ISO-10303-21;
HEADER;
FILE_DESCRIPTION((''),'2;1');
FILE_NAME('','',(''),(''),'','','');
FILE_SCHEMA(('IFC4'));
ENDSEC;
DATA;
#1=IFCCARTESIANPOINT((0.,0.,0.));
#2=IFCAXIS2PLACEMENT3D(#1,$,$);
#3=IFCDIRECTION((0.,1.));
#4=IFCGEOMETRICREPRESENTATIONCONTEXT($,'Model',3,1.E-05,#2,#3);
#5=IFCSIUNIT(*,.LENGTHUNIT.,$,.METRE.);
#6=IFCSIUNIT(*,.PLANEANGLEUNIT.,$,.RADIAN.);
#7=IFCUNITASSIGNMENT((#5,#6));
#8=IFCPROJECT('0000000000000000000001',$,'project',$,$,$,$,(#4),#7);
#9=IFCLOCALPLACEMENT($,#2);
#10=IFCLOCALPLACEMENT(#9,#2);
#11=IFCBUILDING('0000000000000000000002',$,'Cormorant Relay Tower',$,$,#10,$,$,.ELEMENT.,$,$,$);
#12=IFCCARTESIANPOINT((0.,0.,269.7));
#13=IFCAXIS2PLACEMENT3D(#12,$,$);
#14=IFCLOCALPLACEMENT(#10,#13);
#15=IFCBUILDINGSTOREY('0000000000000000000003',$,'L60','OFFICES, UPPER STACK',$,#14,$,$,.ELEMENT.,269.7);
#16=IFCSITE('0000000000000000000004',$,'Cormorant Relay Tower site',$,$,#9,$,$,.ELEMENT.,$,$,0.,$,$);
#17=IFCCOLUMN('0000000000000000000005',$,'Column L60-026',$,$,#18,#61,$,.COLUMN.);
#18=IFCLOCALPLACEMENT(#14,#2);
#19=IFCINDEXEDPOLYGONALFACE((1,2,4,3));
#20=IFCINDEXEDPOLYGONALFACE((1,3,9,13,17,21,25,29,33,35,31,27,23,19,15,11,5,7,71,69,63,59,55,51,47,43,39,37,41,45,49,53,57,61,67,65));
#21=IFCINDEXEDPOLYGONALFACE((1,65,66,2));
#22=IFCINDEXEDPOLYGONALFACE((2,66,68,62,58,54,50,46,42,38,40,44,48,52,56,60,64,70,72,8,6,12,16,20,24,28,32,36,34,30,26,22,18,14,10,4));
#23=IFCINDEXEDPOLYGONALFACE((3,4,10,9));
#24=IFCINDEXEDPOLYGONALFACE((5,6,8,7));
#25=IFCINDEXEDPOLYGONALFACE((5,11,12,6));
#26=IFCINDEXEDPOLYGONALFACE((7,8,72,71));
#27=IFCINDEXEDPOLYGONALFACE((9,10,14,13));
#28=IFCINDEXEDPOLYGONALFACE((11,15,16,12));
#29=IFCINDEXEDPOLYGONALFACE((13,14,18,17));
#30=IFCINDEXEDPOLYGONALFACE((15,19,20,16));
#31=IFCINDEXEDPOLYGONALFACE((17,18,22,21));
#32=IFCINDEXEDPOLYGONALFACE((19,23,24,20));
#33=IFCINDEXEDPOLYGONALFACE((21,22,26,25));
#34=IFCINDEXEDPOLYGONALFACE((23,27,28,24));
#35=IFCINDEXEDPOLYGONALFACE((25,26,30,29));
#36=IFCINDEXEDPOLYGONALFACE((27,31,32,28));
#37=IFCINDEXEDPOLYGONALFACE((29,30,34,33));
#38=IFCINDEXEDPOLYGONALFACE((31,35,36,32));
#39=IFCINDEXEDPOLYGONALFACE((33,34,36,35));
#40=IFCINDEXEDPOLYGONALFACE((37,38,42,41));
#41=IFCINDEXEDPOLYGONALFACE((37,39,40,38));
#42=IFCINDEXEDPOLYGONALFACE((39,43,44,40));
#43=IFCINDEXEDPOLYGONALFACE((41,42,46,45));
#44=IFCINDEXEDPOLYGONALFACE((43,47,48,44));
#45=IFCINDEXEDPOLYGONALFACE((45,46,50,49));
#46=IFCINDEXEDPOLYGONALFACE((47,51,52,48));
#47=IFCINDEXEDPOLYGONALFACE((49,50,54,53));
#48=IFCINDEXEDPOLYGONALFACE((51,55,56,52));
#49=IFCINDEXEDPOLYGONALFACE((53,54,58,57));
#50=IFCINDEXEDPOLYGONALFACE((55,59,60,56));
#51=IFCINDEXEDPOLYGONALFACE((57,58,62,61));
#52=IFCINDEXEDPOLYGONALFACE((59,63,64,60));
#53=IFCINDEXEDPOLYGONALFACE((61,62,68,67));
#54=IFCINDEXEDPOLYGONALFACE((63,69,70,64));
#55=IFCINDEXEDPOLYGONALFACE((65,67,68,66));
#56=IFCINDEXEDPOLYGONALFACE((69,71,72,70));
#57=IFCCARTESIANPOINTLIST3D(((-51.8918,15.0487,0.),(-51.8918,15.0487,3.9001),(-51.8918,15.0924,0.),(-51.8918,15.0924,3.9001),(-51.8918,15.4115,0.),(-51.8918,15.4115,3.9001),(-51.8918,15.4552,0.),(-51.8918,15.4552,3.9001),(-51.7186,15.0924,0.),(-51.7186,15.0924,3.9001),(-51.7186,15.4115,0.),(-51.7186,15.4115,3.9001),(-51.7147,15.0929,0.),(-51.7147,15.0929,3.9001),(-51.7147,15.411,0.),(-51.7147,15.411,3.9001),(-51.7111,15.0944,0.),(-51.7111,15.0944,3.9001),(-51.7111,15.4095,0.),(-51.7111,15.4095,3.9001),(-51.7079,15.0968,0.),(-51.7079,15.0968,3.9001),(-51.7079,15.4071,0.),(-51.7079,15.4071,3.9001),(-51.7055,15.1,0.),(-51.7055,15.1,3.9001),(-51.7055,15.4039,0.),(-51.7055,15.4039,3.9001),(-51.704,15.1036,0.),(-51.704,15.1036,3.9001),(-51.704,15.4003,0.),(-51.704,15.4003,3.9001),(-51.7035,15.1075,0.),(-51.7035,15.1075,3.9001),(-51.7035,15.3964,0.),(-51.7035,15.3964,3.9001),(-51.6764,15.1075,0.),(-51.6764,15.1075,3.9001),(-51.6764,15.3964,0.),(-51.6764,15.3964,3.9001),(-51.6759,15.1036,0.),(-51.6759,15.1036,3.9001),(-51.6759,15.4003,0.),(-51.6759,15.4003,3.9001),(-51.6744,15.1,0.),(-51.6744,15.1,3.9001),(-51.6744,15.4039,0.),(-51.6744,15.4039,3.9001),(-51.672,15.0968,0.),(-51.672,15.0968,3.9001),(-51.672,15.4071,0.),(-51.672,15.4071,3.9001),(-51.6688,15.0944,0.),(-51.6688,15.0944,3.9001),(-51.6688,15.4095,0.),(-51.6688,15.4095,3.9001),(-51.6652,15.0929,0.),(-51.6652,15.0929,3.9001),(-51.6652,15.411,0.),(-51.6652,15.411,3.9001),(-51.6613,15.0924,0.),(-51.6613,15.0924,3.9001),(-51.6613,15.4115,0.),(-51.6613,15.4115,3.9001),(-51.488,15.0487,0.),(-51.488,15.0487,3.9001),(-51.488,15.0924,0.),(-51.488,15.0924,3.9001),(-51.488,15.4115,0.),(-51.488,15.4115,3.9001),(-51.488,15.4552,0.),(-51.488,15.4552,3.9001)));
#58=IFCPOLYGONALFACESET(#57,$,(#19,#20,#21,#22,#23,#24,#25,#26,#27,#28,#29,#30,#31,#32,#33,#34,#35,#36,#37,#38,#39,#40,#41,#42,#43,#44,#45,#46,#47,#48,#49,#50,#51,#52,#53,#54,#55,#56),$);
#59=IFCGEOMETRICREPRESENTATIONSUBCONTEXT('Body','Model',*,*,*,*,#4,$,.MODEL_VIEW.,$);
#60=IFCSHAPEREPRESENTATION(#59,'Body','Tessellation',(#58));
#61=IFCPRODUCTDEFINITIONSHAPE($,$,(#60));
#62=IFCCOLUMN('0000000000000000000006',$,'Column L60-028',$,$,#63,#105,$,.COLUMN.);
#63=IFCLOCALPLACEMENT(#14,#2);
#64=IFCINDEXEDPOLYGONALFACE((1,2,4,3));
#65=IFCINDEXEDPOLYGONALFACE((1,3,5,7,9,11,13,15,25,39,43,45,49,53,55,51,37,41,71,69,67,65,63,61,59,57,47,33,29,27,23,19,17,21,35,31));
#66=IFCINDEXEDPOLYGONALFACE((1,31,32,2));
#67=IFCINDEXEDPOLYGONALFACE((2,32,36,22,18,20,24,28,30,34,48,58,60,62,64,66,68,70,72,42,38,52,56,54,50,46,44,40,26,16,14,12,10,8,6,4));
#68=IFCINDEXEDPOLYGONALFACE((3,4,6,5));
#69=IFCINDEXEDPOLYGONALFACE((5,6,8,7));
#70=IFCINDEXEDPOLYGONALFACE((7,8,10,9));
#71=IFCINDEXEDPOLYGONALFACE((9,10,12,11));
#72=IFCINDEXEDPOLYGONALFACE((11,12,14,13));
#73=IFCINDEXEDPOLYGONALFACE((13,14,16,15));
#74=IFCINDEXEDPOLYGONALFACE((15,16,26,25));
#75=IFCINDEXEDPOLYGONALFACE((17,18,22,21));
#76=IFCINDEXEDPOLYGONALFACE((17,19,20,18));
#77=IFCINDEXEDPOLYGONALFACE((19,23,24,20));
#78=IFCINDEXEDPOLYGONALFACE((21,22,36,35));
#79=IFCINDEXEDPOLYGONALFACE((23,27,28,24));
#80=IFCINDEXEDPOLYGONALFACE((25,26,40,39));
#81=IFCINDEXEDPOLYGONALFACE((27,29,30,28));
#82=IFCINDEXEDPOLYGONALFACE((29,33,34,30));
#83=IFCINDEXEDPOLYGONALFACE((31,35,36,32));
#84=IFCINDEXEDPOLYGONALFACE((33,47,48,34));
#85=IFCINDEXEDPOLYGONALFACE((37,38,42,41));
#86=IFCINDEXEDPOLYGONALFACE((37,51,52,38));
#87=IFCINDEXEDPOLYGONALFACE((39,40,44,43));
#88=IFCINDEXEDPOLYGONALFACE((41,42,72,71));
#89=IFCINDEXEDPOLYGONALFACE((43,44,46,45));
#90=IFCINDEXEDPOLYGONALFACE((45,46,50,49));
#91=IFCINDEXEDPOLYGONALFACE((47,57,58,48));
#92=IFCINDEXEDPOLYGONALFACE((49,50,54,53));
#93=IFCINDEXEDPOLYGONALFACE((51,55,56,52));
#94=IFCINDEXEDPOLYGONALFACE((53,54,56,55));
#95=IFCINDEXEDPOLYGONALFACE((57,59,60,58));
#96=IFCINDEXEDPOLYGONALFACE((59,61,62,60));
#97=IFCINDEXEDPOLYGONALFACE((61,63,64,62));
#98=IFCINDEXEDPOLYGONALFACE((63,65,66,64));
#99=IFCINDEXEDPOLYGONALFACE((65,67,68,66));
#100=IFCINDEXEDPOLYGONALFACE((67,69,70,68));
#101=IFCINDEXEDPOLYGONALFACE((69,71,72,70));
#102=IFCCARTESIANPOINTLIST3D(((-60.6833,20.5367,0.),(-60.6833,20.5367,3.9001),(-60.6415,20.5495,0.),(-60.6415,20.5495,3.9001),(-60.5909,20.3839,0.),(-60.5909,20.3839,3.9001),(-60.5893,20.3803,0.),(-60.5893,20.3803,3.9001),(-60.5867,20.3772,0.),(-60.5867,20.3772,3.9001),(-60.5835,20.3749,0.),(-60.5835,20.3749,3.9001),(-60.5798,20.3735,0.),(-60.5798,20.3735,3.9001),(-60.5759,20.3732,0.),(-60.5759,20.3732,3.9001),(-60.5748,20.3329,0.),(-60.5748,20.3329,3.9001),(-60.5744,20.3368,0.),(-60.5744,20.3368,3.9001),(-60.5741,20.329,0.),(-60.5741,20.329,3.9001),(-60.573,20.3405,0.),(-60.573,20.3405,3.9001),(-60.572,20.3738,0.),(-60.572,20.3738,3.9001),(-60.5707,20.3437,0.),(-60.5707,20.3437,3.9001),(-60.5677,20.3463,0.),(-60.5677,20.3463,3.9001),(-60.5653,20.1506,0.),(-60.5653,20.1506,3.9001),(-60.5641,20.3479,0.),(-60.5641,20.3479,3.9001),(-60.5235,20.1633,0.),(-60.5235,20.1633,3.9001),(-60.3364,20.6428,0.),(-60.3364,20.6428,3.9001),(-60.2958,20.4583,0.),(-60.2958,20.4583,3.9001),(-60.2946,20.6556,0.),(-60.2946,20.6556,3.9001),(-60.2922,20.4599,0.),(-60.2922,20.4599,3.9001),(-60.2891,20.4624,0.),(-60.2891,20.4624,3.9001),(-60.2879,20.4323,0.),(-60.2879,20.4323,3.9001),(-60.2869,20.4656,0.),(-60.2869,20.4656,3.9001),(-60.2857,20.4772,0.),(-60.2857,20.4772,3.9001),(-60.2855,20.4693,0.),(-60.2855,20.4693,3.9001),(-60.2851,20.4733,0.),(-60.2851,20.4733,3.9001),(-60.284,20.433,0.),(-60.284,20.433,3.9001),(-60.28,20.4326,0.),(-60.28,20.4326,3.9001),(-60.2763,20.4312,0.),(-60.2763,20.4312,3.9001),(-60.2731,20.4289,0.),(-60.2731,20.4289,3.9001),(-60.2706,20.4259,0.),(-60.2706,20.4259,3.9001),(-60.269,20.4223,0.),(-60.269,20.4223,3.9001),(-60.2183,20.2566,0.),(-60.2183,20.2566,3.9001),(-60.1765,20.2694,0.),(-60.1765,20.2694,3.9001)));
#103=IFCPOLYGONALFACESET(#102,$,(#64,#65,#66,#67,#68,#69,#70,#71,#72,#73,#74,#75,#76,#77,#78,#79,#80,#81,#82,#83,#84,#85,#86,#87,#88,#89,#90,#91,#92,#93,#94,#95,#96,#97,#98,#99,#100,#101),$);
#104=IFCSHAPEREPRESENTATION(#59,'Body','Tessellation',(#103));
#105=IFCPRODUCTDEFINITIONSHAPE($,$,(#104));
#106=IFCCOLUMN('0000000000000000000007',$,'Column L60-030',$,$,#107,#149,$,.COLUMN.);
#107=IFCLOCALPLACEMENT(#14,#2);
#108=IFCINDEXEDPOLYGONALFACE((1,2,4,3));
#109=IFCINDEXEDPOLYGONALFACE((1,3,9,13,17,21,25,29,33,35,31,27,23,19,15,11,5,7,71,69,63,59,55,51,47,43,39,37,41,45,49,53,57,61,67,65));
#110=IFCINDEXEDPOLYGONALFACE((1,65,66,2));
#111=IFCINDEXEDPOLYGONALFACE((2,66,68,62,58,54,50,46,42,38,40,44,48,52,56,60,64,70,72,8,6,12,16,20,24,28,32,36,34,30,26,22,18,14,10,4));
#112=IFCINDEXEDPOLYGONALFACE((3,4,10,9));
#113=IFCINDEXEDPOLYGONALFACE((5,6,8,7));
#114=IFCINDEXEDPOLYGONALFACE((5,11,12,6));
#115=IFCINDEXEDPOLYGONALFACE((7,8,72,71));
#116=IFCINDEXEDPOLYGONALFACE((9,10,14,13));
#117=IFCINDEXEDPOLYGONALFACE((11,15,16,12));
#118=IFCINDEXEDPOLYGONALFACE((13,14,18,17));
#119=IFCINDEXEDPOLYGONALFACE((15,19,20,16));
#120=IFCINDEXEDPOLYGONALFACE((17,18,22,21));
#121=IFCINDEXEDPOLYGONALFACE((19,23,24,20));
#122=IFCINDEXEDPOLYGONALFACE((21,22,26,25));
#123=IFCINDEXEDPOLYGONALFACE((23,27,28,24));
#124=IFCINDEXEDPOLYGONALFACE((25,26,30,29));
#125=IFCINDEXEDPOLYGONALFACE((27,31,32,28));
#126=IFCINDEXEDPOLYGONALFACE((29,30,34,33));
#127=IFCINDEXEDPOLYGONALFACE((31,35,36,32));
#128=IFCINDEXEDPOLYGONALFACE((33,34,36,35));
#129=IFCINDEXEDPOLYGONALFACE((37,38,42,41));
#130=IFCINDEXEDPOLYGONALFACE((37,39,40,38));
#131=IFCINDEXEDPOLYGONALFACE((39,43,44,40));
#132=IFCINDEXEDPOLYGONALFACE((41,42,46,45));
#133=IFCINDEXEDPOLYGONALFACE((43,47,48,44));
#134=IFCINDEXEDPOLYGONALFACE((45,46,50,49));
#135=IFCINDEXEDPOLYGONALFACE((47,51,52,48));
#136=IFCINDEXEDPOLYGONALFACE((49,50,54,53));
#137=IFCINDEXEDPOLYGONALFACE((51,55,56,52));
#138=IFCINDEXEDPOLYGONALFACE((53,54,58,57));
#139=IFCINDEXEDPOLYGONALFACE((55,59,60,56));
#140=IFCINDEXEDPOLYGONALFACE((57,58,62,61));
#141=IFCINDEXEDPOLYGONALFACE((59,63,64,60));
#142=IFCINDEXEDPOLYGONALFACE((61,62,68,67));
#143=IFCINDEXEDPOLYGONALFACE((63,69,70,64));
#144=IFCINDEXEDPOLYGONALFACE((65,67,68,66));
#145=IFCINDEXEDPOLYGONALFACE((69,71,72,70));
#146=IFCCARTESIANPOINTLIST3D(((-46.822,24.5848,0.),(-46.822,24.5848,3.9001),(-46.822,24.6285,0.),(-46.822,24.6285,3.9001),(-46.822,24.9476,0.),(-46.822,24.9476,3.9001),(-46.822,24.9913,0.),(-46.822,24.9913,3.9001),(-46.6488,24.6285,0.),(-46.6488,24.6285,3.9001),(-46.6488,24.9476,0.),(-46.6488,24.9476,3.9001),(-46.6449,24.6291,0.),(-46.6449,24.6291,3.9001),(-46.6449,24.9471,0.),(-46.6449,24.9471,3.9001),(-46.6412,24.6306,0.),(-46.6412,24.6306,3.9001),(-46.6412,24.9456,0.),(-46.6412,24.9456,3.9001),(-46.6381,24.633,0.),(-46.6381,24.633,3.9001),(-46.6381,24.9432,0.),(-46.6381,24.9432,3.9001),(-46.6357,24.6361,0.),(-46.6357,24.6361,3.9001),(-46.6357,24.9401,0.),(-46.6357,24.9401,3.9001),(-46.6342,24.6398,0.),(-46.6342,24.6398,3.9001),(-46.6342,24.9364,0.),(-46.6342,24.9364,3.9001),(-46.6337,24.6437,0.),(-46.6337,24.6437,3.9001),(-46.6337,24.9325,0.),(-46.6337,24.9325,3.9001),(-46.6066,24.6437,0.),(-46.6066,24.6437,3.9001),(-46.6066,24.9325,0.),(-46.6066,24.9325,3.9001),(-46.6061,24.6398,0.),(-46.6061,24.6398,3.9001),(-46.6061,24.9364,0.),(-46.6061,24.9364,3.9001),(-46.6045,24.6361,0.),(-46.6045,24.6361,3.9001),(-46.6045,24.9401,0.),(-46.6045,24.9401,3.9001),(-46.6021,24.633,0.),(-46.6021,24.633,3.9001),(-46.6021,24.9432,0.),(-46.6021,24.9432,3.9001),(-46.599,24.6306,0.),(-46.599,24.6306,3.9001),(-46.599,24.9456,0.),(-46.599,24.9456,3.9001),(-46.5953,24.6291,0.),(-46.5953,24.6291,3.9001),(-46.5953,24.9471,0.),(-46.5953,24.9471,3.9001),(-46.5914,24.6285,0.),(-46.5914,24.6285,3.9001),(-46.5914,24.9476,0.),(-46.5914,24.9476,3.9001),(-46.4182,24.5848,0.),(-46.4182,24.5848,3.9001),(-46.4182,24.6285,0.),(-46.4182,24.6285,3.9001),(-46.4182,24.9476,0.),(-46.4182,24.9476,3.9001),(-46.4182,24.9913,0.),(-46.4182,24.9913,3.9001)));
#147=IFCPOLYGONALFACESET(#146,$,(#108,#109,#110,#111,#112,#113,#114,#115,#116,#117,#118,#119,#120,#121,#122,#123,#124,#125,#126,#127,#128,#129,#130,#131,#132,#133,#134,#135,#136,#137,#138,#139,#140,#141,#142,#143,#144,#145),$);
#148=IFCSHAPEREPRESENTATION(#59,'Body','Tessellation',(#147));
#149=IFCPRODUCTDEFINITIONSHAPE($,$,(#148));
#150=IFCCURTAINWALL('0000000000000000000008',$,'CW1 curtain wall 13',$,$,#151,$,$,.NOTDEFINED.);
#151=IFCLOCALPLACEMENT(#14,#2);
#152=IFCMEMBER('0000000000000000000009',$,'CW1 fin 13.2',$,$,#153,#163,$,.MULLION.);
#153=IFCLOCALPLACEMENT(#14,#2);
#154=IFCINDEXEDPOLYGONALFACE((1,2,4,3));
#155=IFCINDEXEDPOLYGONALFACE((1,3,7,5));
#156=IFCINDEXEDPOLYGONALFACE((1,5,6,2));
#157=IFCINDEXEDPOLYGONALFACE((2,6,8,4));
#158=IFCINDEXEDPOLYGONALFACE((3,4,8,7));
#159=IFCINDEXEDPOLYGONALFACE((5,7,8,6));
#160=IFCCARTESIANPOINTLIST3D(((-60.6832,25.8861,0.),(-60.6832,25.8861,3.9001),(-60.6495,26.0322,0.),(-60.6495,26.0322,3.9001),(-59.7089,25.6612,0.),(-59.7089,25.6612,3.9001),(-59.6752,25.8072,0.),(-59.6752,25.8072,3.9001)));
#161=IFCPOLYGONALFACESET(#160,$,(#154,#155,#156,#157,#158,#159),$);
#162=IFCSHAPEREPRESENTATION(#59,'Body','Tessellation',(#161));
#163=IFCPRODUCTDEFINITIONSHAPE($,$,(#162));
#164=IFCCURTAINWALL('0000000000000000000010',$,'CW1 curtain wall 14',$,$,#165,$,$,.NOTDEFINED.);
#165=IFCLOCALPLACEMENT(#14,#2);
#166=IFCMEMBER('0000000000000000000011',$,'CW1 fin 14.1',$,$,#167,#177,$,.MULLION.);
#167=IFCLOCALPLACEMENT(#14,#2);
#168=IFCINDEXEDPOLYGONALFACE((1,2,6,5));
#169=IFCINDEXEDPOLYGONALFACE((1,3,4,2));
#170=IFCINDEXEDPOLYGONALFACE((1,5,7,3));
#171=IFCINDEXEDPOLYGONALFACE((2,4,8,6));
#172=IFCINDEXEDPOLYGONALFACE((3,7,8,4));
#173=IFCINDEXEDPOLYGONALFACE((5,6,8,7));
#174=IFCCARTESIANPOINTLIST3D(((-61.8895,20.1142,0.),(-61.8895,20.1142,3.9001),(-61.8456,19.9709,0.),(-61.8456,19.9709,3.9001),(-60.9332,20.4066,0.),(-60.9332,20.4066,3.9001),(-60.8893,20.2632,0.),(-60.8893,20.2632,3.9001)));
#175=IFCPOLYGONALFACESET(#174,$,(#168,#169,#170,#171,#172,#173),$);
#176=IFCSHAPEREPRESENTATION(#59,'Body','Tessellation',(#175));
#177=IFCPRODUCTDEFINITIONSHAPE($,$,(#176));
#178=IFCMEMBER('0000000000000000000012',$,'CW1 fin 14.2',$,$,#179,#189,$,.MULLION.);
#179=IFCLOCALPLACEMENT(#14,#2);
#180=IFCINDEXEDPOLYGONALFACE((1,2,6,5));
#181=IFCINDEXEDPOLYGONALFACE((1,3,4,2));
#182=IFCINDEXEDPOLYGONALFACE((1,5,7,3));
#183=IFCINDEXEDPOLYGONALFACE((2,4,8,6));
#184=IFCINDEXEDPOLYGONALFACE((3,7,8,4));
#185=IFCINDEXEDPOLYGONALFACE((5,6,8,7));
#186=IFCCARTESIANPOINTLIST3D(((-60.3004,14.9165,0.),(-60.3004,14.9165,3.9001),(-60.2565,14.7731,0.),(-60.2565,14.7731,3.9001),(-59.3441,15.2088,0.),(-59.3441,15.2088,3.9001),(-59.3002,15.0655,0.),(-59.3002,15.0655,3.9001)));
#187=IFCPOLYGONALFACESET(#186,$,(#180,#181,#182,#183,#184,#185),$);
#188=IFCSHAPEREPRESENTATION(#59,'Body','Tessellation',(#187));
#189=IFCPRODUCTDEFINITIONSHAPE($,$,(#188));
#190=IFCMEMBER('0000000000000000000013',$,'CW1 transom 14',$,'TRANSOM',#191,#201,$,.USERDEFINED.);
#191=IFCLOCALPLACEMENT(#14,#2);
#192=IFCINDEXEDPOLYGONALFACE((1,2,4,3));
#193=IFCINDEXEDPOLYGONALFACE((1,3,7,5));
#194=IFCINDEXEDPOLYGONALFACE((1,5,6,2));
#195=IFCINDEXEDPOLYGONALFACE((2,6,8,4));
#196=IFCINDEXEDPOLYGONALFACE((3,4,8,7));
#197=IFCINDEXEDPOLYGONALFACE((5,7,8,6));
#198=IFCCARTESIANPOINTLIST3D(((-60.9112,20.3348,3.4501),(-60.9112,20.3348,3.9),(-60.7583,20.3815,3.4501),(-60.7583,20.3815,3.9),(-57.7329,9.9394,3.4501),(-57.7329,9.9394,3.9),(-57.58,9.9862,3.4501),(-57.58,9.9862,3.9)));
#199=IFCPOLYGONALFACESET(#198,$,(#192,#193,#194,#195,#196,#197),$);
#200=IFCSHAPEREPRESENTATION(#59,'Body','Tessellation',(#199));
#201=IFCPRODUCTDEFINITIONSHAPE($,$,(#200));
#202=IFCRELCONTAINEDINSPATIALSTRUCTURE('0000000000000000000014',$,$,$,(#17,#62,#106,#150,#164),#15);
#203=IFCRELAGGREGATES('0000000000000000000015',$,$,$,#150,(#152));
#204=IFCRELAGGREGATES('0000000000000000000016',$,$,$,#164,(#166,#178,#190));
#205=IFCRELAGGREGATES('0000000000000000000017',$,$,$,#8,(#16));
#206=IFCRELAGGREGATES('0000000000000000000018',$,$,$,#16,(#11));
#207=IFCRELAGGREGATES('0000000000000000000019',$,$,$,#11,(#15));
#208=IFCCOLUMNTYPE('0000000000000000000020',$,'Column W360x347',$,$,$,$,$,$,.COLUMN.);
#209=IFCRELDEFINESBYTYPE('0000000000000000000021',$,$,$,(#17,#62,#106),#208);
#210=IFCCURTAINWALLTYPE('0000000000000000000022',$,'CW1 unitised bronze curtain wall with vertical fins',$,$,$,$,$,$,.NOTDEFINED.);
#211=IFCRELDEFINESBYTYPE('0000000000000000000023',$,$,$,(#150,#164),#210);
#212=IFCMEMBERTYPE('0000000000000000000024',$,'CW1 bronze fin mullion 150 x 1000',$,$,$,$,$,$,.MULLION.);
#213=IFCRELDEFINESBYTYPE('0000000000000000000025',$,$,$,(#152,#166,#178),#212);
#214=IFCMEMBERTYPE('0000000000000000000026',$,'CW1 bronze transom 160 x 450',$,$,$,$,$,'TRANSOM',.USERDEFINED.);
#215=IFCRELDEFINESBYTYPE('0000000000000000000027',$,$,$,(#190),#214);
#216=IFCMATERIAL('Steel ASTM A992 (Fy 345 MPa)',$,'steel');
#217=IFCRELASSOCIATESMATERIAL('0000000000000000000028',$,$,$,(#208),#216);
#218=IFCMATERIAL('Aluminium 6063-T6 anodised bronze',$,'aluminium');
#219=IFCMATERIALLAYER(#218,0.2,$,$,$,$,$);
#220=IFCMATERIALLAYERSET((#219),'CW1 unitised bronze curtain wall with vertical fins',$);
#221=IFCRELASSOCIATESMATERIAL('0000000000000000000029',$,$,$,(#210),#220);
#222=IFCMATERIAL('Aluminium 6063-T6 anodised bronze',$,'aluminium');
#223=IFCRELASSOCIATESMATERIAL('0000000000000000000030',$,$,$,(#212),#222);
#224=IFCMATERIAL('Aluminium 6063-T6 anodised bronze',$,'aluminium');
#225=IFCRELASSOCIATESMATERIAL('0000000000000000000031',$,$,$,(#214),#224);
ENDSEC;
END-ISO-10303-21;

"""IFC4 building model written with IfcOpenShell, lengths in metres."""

from ifc_helpers import new_model, si_unit, direction, frame, origin, origin_2d, place, context, subcontext, project, spatial, rectangle, i_section, extrude, material, layer, layer_set, material_profile, profile_set, type_object, element, aggregate, save


model = new_model("IFC4")

# Units and contexts
model_context = context("Model", 3, precision=1e-05, world=origin(), true_north=direction((0.0, 1.0)))
body_context = subcontext(model_context, "Body", "Model", "MODEL_VIEW")
ifc_project = project(units=[si_unit("LENGTHUNIT", "METRE"), si_unit("PLANEANGLEUNIT", "RADIAN")], contexts=[model_context])

# Site, building, storey
site_placement = place(None, origin())
site = spatial("IfcSite", under=ifc_project, at=site_placement, Name="Cormorant Relay Tower site", CompositionType="ELEMENT", RefElevation=0.0)
building_placement = place(site_placement, origin())
building = spatial("IfcBuilding", under=site, at=building_placement, Name="Cormorant Relay Tower", CompositionType="ELEMENT")
storey_placement = place(building_placement, frame((0.0, 0.0, 269.7)))
storey = spatial("IfcBuildingStorey", under=building, at=storey_placement, Name="L60", Description="OFFICES, UPPER STACK", CompositionType="ELEMENT", Elevation=269.7)

# Columns
ifc_material_1 = material(Name="Steel ASTM A992 (Fy 345 MPa)", Category="steel")
ifc_material_profile_1 = material_profile(ifc_material_1, i_section(OverallWidth=0.4038, OverallDepth=0.4065, WebThickness=0.0271, FlangeThickness=0.0437, FilletRadius=0.0151, at=origin_2d()), Name="W360x347")
ifc_profile_set_1 = profile_set([ifc_material_profile_1], Name="Steel ASTM A992 (Fy 345 MPa)")
column_type = type_object("IfcColumnType", Name="Column W360x347", PredefinedType="COLUMN", material=ifc_profile_set_1)
for number, where, z_axis, x_axis, name in (
    (1, (-51.6899, 15.252, 0.0), (0.0, 0.0, 1.0), (1.0, 0.0, 0.0), "Column L60-026"),
    (2, (-60.4299, 20.4031, 0.0), (0.0, 0.0, 1.0), (0.292372, -0.956305, 0.0), "Column L60-028"),
    (3, (-46.6201, 24.7881, 0.0), (0.0, 0.0, 1.0), (1.0, 0.0, 0.0), "Column L60-030"),
):
    element("IfcColumn", number, at=place(storey_placement, frame(where, z_axis=z_axis, x_axis=x_axis)), inside=storey, type_object=column_type, Name=name, PredefinedType="COLUMN", context=body_context, shape_type="SweptSolid", body=[
        extrude(i_section(OverallWidth=0.4038, OverallDepth=0.4065, WebThickness=0.0271, FlangeThickness=0.0437, FilletRadius=0.0151, at=origin_2d()), origin(), (0.0, 0.0, 1.0), 3.9001),
    ])

# Curtain wall, member
ifc_material_2 = material(Name="Aluminium 6063-T6 anodised bronze", Category="aluminium")
ifc_layer_1 = layer(ifc_material_2, 0.2)
ifc_layer_set_1 = layer_set([ifc_layer_1], Name="CW1 unitised bronze curtain wall with vertical fins")
curtain_wall_type = type_object("IfcCurtainWallType", Name="CW1 unitised bronze curtain wall with vertical fins", PredefinedType="NOTDEFINED", material=ifc_layer_set_1)
curtain_wall_1_placement = place(storey_placement, origin())
curtain_wall_1 = element("IfcCurtainWall", 4, at=curtain_wall_1_placement, inside=storey, type_object=curtain_wall_type, Name="CW1 curtain wall 13", PredefinedType="NOTDEFINED")
ifc_material_3 = material(Name="Aluminium 6063-T6 anodised bronze", Category="aluminium")
ifc_material_profile_2 = material_profile(ifc_material_3, rectangle(XDim=0.1499, YDim=1.0, at=origin_2d()), Name="AL 150x1000")
ifc_profile_set_2 = profile_set([ifc_material_profile_2], Name="Aluminium 6063-T6 anodised bronze")
member_type_1 = type_object("IfcMemberType", Name="CW1 bronze fin mullion 150 x 1000", PredefinedType="MULLION", material=ifc_profile_set_2)
member_1_placement = place(storey_placement, frame((-60.1792, 25.8467, 0.0), z_axis=(0.0, 0.0, 1.0), x_axis=(-0.224951, -0.97437, 0.0)))
member_1 = element("IfcMember", 5, at=member_1_placement, type_object=member_type_1, Name="CW1 fin 13.2", PredefinedType="MULLION", context=body_context, shape_type="SweptSolid", body=[
    extrude(rectangle(XDim=0.1499, YDim=1.0, at=origin_2d()), origin(), (0.0, 0.0, 1.0), 3.9001),
])

# Curtain wall, members
curtain_wall_2_placement = place(storey_placement, origin())
curtain_wall_2 = element("IfcCurtainWall", 6, at=curtain_wall_2_placement, inside=storey, type_object=curtain_wall_type, Name="CW1 curtain wall 14", PredefinedType="NOTDEFINED")
member_2_placement = place(storey_placement, frame((-61.3894, 20.1887, 0.0), z_axis=(0.0, 0.0, 1.0), x_axis=(0.292372, -0.956305, 0.0)))
member_2 = element("IfcMember", 7, at=member_2_placement, type_object=member_type_1, Name="CW1 fin 14.1", PredefinedType="MULLION", context=body_context, shape_type="SweptSolid", body=[
    extrude(rectangle(XDim=0.1499, YDim=1.0, at=origin_2d()), origin(), (0.0, 0.0, 1.0), 3.9001),
])
member_3_placement = place(storey_placement, frame((-59.8003, 14.991, 0.0), z_axis=(0.0, 0.0, 1.0), x_axis=(0.292372, -0.956305, 0.0)))
member_3 = element("IfcMember", 8, at=member_3_placement, type_object=member_type_1, Name="CW1 fin 14.2", PredefinedType="MULLION", context=body_context, shape_type="SweptSolid", body=[
    extrude(rectangle(XDim=0.1499, YDim=1.0, at=origin_2d()), origin(), (0.0, 0.0, 1.0), 3.9001),
])
ifc_material_4 = material(Name="Aluminium 6063-T6 anodised bronze", Category="aluminium")
ifc_material_profile_3 = material_profile(ifc_material_4, rectangle(XDim=0.1599, YDim=0.45, at=origin_2d()), Name="AL 160x450")
ifc_profile_set_3 = profile_set([ifc_material_profile_3], Name="Aluminium 6063-T6 anodised bronze")
member_type_2 = type_object("IfcMemberType", Name="CW1 bronze transom 160 x 450", ElementType="TRANSOM", PredefinedType="USERDEFINED", material=ifc_profile_set_3)
member_4_placement = place(storey_placement, frame((-60.8347, 20.3582, 3.675), z_axis=(0.292378, -0.956303, 0.0), x_axis=(0.956303, 0.292378, 0.0)))
member_4 = element("IfcMember", 9, at=member_4_placement, type_object=member_type_2, Name="CW1 transom 14", ObjectType="TRANSOM", PredefinedType="USERDEFINED", context=body_context, shape_type="SweptSolid", body=[
    extrude(rectangle(XDim=0.1599, YDim=0.45, at=origin_2d()), origin(), (0.0, 0.0, 1.0), 10.8704),
])

aggregate(curtain_wall_1, [member_1])
aggregate(curtain_wall_2, [member_2, member_3, member_4])

save(model, "model.ifc")
